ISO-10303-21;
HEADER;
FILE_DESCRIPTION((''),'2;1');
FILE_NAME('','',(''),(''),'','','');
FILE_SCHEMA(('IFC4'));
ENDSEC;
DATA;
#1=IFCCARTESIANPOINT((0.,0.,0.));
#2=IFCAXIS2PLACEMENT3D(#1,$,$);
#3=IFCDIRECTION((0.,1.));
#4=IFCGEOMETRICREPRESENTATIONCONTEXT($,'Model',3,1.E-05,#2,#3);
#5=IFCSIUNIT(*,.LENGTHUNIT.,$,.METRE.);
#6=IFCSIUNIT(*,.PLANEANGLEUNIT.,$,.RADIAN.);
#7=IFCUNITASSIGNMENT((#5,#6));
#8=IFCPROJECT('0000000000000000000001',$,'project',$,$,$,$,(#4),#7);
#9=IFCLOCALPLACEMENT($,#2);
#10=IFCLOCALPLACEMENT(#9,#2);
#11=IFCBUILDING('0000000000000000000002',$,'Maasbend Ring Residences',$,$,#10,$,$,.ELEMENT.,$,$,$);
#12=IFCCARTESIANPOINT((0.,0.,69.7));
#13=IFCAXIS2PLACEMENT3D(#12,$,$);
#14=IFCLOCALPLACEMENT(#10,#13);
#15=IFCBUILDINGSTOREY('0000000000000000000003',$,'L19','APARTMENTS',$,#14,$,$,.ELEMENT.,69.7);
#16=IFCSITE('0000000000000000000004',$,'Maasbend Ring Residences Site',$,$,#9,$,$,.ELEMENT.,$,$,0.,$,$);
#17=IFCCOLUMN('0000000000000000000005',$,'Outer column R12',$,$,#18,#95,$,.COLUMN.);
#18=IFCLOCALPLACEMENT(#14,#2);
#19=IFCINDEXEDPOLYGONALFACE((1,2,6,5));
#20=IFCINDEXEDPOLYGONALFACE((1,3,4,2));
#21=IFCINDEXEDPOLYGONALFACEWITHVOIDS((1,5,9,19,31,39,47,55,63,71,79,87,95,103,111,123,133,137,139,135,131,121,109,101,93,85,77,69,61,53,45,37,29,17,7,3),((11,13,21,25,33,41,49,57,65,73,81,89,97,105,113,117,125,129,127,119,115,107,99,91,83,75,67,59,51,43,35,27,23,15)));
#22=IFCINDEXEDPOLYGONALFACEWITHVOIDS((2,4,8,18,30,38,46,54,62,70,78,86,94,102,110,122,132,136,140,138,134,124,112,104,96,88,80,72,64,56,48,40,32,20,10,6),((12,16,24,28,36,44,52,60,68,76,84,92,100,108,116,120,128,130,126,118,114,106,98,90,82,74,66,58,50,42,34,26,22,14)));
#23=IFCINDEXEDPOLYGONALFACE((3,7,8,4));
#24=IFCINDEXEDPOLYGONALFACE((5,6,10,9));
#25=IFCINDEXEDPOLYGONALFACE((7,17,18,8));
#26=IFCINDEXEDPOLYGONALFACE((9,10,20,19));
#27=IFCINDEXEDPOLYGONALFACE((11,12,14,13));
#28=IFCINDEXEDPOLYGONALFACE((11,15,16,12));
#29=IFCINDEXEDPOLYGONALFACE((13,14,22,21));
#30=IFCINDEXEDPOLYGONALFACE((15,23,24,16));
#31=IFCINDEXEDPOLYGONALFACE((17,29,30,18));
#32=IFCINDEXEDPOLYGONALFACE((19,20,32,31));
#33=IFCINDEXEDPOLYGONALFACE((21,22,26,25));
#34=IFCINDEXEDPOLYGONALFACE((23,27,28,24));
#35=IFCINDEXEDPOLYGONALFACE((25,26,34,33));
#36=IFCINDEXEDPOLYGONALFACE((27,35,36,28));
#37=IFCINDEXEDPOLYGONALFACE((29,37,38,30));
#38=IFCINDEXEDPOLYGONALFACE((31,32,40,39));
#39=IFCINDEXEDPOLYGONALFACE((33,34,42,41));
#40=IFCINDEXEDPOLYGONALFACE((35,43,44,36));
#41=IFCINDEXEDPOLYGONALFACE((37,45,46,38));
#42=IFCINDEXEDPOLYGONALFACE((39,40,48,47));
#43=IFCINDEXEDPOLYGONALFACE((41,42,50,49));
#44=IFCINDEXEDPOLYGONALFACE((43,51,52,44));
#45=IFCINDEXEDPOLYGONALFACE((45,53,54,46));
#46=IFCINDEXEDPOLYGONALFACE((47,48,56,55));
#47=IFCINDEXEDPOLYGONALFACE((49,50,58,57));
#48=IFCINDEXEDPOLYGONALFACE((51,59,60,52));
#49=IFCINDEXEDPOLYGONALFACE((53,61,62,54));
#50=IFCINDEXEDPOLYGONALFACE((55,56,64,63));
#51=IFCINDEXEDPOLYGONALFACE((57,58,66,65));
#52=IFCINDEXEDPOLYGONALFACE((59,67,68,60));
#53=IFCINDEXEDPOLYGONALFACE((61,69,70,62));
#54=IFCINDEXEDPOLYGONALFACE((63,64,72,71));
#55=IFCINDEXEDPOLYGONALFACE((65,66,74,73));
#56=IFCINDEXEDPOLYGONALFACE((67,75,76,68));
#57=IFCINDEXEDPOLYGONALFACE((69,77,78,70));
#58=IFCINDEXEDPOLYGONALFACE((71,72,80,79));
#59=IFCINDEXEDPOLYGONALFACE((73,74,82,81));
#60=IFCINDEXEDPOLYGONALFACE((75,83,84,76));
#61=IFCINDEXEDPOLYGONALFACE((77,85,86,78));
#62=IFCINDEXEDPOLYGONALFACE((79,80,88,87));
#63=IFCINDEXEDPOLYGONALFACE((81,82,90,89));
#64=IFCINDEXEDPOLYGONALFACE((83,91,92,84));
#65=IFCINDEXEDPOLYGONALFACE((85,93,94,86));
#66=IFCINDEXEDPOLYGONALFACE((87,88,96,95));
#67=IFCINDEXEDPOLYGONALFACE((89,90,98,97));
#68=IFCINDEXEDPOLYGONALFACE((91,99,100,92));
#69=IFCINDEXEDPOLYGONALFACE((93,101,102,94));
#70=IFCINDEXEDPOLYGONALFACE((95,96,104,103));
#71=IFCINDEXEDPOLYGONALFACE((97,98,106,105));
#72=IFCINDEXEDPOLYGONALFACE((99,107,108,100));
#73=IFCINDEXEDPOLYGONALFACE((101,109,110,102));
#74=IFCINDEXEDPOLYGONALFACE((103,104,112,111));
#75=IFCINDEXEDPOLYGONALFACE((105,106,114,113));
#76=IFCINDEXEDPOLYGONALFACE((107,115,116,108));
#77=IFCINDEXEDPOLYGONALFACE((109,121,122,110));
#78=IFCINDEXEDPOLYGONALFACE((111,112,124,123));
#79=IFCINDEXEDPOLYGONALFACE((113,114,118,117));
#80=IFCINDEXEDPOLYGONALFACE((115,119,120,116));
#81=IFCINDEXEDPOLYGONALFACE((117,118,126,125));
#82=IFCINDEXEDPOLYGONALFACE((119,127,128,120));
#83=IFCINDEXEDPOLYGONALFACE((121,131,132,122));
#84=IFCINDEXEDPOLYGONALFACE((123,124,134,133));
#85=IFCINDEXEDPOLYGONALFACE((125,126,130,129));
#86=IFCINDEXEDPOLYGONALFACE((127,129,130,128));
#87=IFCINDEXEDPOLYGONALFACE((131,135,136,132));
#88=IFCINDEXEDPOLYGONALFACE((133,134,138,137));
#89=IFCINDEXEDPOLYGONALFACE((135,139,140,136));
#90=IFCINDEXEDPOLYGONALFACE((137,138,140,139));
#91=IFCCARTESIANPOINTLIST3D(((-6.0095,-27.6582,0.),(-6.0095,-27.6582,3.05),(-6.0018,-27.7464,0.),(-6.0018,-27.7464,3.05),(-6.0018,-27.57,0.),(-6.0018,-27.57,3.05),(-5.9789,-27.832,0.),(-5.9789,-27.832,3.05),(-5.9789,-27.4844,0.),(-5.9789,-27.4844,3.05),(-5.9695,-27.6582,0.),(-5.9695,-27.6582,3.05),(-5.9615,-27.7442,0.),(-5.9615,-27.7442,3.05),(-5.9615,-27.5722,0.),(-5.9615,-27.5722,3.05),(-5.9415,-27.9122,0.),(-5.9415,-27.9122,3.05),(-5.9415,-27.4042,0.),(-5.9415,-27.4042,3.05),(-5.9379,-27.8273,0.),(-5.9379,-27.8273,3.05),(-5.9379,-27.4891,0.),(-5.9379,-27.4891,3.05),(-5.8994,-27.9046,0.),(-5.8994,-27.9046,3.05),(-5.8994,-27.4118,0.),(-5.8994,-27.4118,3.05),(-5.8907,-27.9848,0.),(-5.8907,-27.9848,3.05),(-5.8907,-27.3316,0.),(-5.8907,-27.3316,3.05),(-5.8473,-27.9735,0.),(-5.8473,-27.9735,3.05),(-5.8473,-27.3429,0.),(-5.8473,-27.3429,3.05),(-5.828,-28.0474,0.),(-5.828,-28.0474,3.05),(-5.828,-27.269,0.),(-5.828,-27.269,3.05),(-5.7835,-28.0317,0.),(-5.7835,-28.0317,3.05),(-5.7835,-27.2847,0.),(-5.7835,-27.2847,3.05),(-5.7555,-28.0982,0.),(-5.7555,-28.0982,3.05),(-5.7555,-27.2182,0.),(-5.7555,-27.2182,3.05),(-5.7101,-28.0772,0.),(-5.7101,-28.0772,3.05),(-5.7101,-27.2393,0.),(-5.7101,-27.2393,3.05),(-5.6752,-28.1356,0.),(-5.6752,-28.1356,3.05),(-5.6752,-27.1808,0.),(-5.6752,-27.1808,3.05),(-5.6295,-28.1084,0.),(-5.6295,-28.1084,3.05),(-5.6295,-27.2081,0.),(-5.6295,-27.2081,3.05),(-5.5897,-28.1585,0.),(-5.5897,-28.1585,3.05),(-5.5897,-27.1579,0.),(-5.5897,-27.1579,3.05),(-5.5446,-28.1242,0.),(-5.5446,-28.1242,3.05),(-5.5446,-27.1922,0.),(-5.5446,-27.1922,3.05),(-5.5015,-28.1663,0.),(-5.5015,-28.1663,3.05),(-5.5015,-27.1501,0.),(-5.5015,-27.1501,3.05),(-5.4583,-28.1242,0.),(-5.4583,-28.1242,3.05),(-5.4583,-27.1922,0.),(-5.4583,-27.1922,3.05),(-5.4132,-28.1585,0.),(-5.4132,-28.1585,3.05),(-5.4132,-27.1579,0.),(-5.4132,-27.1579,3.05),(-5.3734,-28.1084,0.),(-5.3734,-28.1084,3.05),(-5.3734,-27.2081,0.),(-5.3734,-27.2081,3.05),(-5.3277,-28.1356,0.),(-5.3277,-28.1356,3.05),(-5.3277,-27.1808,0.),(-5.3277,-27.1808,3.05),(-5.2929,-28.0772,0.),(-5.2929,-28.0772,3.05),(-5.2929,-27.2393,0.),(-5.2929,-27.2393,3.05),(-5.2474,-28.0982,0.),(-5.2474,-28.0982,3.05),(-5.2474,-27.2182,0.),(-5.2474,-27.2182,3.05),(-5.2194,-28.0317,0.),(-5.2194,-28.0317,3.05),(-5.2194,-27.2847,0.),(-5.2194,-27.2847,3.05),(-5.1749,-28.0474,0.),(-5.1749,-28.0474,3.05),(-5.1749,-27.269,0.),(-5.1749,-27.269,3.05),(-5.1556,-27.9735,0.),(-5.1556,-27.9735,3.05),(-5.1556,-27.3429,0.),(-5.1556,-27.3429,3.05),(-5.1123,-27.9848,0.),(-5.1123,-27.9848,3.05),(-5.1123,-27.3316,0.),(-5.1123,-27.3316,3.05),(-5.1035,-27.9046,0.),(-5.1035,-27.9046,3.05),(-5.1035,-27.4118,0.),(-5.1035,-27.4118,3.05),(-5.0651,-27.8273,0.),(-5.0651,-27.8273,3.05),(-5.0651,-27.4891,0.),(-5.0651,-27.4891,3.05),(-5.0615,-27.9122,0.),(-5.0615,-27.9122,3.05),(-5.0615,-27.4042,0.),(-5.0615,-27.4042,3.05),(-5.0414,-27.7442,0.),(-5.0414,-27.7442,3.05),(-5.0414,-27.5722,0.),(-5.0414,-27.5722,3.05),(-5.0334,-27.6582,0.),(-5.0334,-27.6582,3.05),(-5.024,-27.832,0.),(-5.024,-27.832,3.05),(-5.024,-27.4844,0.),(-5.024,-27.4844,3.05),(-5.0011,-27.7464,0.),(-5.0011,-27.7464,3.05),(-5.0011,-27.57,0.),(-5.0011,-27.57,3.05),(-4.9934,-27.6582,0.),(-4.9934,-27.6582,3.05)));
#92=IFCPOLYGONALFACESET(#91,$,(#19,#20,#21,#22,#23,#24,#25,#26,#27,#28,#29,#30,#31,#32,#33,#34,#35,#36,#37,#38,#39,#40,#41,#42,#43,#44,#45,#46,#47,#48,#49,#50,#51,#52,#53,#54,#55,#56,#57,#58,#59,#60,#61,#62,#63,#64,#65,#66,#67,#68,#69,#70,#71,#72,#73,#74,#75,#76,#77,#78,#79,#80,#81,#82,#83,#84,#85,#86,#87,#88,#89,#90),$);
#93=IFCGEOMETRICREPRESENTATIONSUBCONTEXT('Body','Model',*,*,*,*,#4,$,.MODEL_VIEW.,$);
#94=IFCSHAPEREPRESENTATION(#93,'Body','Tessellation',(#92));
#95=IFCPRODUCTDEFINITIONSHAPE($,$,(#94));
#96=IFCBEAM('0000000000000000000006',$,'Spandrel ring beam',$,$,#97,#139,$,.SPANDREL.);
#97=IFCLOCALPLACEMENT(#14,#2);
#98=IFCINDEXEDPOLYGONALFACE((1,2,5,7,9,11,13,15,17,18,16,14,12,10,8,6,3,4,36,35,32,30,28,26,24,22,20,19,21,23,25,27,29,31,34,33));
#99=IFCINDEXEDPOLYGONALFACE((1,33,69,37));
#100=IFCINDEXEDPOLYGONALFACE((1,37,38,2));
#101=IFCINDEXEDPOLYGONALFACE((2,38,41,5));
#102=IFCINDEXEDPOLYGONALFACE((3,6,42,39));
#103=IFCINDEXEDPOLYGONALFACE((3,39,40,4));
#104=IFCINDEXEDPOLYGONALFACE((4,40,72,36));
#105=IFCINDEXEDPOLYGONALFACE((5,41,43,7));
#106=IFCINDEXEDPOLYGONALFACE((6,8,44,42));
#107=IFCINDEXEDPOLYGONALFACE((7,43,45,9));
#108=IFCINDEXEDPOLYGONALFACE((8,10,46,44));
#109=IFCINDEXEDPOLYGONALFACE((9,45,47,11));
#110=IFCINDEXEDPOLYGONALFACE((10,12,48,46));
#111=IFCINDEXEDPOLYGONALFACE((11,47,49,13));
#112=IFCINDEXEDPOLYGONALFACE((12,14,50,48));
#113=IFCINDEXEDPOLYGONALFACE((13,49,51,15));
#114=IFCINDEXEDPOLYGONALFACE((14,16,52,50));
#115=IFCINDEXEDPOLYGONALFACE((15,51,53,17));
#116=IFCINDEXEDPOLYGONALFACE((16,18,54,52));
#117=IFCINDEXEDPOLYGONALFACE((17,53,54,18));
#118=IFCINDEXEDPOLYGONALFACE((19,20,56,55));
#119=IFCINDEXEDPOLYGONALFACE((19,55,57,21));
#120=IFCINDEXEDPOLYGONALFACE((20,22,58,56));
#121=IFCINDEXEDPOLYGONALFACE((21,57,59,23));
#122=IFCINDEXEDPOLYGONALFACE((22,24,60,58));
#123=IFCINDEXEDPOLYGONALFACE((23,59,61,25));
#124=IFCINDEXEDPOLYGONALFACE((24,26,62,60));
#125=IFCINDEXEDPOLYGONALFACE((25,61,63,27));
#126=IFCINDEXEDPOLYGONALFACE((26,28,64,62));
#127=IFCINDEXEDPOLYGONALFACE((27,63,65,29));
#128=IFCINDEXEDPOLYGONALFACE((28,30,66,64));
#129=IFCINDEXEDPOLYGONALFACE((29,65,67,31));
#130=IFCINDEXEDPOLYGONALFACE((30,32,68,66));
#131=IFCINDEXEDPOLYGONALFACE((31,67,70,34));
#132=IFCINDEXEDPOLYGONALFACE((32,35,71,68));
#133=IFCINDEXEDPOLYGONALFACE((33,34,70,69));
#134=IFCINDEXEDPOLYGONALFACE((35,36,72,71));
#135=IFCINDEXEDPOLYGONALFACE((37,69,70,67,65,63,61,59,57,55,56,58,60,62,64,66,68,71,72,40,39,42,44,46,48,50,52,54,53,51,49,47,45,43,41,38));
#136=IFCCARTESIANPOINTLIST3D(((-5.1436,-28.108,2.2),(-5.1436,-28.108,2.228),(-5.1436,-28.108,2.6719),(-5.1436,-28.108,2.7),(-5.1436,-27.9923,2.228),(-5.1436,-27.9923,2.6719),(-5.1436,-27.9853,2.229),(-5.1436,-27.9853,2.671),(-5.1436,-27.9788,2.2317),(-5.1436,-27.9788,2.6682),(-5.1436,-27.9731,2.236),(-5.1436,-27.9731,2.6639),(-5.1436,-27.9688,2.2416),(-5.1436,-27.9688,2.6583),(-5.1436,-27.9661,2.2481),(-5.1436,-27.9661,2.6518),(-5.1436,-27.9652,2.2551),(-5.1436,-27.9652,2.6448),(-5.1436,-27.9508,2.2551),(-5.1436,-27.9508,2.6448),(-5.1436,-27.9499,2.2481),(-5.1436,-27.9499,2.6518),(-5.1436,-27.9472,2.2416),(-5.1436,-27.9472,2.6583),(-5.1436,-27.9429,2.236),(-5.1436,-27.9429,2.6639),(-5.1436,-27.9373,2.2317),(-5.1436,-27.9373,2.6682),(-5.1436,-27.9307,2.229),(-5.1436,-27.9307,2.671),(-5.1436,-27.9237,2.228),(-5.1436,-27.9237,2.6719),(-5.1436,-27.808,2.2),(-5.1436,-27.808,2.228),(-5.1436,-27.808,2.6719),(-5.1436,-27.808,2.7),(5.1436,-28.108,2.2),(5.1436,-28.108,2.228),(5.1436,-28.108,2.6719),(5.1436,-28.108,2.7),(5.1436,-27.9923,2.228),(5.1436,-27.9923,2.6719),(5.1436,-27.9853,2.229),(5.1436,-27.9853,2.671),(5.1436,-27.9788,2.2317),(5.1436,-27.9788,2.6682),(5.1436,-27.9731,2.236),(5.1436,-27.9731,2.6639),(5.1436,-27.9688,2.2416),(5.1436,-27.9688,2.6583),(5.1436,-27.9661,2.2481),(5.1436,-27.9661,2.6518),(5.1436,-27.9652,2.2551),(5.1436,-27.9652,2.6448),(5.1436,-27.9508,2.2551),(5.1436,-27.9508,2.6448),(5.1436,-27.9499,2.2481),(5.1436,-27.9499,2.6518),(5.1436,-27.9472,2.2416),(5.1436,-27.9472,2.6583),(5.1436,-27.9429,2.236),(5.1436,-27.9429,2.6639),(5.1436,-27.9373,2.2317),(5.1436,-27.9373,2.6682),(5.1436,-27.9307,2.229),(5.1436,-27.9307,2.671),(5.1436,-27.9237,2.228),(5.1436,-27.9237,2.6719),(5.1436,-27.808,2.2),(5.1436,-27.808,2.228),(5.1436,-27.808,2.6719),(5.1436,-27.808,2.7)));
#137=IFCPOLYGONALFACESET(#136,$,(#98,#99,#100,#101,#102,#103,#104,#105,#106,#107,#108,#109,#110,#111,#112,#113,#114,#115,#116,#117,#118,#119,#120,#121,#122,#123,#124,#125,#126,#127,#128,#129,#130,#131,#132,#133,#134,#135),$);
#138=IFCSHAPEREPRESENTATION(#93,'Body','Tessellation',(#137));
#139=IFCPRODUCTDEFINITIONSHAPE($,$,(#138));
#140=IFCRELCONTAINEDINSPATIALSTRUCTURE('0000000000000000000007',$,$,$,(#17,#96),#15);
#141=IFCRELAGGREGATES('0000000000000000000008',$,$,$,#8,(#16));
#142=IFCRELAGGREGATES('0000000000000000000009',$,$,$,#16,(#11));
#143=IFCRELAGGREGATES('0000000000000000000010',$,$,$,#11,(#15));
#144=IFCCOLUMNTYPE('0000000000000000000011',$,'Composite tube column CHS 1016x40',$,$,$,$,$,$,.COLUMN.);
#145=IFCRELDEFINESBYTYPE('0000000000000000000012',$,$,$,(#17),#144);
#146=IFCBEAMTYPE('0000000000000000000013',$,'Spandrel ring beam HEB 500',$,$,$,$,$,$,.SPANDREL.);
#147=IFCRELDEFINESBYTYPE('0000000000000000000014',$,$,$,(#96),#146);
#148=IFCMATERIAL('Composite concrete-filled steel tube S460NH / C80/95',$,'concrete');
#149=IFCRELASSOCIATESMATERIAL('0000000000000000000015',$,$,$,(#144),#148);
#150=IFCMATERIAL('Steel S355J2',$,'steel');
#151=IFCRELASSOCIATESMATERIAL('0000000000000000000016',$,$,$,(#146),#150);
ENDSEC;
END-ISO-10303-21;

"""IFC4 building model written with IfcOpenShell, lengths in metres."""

from ifc_helpers import new_model, si_unit, direction, frame, origin, origin_2d, place, context, subcontext, project, spatial, hollow_circle, i_section, extrude, material, material_profile, profile_set, type_object, element, save


model = new_model("IFC4")

# Units and contexts
model_context = context("Model", 3, precision=1e-05, world=origin(), true_north=direction((0.0, 1.0)))
body_context = subcontext(model_context, "Body", "Model", "MODEL_VIEW")
ifc_project = project(units=[si_unit("LENGTHUNIT", "METRE"), si_unit("PLANEANGLEUNIT", "RADIAN")], contexts=[model_context])

# Site, building, storey
site_placement = place(None, origin())
site = spatial("IfcSite", under=ifc_project, at=site_placement, Name="Maasbend Ring Residences Site", CompositionType="ELEMENT", RefElevation=0.0)
building_placement = place(site_placement, origin())
building = spatial("IfcBuilding", under=site, at=building_placement, Name="Maasbend Ring Residences", CompositionType="ELEMENT")
storey_placement = place(building_placement, frame((0.0, 0.0, 69.7)))
storey = spatial("IfcBuildingStorey", under=building, at=storey_placement, Name="L19", Description="APARTMENTS", CompositionType="ELEMENT", Elevation=69.7)

# Column
ifc_material_1 = material(Name="Composite concrete-filled steel tube S460NH / C80/95", Category="concrete")
ifc_material_profile_1 = material_profile(ifc_material_1, hollow_circle(Radius=0.5081, WallThickness=0.04, at=origin_2d()), Name="Composite tube column CHS 1016x40")
ifc_profile_set_1 = profile_set([ifc_material_profile_1], Name="Composite concrete-filled steel tube S460NH / C80/95")
column_type = type_object("IfcColumnType", Name="Composite tube column CHS 1016x40", PredefinedType="COLUMN", material=ifc_profile_set_1)
column_placement = place(storey_placement, frame((-5.5015, -27.6582, 0.0), z_axis=(0.0, 0.0, 1.0), x_axis=(1.0, 0.0, 0.0)))
element("IfcColumn", 1, at=column_placement, inside=storey, type_object=column_type, Name="Outer column R12", PredefinedType="COLUMN", context=body_context, shape_type="SweptSolid", body=[
    extrude(hollow_circle(Radius=0.5081, WallThickness=0.04, at=origin_2d()), origin(), (0.0, 0.0, 1.0), 3.05),
])

# Beam
ifc_material_2 = material(Name="Steel S355J2", Category="steel")
ifc_material_profile_2 = material_profile(ifc_material_2, i_section(OverallWidth=0.3, OverallDepth=0.5, WebThickness=0.0144, FlangeThickness=0.0281, FilletRadius=0.0271, at=origin_2d()), Name="HEB 500")
ifc_profile_set_2 = profile_set([ifc_material_profile_2], Name="Steel S355J2")
beam_type = type_object("IfcBeamType", Name="Spandrel ring beam HEB 500", PredefinedType="SPANDREL", material=ifc_profile_set_2)
beam_placement = place(storey_placement, frame((-5.1436, -27.958, 2.45), z_axis=(1.0, 0.0, 0.0), x_axis=(0.0, 1.0, 0.0)))
element("IfcBeam", 2, at=beam_placement, inside=storey, type_object=beam_type, Name="Spandrel ring beam", PredefinedType="SPANDREL", context=body_context, shape_type="SweptSolid", body=[
    extrude(i_section(OverallWidth=0.3, OverallDepth=0.5, WebThickness=0.0144, FlangeThickness=0.0281, FilletRadius=0.0271, at=origin_2d()), origin(), (0.0, 0.0, 1.0), 10.2871),
])

save(model, "model.ifc")
